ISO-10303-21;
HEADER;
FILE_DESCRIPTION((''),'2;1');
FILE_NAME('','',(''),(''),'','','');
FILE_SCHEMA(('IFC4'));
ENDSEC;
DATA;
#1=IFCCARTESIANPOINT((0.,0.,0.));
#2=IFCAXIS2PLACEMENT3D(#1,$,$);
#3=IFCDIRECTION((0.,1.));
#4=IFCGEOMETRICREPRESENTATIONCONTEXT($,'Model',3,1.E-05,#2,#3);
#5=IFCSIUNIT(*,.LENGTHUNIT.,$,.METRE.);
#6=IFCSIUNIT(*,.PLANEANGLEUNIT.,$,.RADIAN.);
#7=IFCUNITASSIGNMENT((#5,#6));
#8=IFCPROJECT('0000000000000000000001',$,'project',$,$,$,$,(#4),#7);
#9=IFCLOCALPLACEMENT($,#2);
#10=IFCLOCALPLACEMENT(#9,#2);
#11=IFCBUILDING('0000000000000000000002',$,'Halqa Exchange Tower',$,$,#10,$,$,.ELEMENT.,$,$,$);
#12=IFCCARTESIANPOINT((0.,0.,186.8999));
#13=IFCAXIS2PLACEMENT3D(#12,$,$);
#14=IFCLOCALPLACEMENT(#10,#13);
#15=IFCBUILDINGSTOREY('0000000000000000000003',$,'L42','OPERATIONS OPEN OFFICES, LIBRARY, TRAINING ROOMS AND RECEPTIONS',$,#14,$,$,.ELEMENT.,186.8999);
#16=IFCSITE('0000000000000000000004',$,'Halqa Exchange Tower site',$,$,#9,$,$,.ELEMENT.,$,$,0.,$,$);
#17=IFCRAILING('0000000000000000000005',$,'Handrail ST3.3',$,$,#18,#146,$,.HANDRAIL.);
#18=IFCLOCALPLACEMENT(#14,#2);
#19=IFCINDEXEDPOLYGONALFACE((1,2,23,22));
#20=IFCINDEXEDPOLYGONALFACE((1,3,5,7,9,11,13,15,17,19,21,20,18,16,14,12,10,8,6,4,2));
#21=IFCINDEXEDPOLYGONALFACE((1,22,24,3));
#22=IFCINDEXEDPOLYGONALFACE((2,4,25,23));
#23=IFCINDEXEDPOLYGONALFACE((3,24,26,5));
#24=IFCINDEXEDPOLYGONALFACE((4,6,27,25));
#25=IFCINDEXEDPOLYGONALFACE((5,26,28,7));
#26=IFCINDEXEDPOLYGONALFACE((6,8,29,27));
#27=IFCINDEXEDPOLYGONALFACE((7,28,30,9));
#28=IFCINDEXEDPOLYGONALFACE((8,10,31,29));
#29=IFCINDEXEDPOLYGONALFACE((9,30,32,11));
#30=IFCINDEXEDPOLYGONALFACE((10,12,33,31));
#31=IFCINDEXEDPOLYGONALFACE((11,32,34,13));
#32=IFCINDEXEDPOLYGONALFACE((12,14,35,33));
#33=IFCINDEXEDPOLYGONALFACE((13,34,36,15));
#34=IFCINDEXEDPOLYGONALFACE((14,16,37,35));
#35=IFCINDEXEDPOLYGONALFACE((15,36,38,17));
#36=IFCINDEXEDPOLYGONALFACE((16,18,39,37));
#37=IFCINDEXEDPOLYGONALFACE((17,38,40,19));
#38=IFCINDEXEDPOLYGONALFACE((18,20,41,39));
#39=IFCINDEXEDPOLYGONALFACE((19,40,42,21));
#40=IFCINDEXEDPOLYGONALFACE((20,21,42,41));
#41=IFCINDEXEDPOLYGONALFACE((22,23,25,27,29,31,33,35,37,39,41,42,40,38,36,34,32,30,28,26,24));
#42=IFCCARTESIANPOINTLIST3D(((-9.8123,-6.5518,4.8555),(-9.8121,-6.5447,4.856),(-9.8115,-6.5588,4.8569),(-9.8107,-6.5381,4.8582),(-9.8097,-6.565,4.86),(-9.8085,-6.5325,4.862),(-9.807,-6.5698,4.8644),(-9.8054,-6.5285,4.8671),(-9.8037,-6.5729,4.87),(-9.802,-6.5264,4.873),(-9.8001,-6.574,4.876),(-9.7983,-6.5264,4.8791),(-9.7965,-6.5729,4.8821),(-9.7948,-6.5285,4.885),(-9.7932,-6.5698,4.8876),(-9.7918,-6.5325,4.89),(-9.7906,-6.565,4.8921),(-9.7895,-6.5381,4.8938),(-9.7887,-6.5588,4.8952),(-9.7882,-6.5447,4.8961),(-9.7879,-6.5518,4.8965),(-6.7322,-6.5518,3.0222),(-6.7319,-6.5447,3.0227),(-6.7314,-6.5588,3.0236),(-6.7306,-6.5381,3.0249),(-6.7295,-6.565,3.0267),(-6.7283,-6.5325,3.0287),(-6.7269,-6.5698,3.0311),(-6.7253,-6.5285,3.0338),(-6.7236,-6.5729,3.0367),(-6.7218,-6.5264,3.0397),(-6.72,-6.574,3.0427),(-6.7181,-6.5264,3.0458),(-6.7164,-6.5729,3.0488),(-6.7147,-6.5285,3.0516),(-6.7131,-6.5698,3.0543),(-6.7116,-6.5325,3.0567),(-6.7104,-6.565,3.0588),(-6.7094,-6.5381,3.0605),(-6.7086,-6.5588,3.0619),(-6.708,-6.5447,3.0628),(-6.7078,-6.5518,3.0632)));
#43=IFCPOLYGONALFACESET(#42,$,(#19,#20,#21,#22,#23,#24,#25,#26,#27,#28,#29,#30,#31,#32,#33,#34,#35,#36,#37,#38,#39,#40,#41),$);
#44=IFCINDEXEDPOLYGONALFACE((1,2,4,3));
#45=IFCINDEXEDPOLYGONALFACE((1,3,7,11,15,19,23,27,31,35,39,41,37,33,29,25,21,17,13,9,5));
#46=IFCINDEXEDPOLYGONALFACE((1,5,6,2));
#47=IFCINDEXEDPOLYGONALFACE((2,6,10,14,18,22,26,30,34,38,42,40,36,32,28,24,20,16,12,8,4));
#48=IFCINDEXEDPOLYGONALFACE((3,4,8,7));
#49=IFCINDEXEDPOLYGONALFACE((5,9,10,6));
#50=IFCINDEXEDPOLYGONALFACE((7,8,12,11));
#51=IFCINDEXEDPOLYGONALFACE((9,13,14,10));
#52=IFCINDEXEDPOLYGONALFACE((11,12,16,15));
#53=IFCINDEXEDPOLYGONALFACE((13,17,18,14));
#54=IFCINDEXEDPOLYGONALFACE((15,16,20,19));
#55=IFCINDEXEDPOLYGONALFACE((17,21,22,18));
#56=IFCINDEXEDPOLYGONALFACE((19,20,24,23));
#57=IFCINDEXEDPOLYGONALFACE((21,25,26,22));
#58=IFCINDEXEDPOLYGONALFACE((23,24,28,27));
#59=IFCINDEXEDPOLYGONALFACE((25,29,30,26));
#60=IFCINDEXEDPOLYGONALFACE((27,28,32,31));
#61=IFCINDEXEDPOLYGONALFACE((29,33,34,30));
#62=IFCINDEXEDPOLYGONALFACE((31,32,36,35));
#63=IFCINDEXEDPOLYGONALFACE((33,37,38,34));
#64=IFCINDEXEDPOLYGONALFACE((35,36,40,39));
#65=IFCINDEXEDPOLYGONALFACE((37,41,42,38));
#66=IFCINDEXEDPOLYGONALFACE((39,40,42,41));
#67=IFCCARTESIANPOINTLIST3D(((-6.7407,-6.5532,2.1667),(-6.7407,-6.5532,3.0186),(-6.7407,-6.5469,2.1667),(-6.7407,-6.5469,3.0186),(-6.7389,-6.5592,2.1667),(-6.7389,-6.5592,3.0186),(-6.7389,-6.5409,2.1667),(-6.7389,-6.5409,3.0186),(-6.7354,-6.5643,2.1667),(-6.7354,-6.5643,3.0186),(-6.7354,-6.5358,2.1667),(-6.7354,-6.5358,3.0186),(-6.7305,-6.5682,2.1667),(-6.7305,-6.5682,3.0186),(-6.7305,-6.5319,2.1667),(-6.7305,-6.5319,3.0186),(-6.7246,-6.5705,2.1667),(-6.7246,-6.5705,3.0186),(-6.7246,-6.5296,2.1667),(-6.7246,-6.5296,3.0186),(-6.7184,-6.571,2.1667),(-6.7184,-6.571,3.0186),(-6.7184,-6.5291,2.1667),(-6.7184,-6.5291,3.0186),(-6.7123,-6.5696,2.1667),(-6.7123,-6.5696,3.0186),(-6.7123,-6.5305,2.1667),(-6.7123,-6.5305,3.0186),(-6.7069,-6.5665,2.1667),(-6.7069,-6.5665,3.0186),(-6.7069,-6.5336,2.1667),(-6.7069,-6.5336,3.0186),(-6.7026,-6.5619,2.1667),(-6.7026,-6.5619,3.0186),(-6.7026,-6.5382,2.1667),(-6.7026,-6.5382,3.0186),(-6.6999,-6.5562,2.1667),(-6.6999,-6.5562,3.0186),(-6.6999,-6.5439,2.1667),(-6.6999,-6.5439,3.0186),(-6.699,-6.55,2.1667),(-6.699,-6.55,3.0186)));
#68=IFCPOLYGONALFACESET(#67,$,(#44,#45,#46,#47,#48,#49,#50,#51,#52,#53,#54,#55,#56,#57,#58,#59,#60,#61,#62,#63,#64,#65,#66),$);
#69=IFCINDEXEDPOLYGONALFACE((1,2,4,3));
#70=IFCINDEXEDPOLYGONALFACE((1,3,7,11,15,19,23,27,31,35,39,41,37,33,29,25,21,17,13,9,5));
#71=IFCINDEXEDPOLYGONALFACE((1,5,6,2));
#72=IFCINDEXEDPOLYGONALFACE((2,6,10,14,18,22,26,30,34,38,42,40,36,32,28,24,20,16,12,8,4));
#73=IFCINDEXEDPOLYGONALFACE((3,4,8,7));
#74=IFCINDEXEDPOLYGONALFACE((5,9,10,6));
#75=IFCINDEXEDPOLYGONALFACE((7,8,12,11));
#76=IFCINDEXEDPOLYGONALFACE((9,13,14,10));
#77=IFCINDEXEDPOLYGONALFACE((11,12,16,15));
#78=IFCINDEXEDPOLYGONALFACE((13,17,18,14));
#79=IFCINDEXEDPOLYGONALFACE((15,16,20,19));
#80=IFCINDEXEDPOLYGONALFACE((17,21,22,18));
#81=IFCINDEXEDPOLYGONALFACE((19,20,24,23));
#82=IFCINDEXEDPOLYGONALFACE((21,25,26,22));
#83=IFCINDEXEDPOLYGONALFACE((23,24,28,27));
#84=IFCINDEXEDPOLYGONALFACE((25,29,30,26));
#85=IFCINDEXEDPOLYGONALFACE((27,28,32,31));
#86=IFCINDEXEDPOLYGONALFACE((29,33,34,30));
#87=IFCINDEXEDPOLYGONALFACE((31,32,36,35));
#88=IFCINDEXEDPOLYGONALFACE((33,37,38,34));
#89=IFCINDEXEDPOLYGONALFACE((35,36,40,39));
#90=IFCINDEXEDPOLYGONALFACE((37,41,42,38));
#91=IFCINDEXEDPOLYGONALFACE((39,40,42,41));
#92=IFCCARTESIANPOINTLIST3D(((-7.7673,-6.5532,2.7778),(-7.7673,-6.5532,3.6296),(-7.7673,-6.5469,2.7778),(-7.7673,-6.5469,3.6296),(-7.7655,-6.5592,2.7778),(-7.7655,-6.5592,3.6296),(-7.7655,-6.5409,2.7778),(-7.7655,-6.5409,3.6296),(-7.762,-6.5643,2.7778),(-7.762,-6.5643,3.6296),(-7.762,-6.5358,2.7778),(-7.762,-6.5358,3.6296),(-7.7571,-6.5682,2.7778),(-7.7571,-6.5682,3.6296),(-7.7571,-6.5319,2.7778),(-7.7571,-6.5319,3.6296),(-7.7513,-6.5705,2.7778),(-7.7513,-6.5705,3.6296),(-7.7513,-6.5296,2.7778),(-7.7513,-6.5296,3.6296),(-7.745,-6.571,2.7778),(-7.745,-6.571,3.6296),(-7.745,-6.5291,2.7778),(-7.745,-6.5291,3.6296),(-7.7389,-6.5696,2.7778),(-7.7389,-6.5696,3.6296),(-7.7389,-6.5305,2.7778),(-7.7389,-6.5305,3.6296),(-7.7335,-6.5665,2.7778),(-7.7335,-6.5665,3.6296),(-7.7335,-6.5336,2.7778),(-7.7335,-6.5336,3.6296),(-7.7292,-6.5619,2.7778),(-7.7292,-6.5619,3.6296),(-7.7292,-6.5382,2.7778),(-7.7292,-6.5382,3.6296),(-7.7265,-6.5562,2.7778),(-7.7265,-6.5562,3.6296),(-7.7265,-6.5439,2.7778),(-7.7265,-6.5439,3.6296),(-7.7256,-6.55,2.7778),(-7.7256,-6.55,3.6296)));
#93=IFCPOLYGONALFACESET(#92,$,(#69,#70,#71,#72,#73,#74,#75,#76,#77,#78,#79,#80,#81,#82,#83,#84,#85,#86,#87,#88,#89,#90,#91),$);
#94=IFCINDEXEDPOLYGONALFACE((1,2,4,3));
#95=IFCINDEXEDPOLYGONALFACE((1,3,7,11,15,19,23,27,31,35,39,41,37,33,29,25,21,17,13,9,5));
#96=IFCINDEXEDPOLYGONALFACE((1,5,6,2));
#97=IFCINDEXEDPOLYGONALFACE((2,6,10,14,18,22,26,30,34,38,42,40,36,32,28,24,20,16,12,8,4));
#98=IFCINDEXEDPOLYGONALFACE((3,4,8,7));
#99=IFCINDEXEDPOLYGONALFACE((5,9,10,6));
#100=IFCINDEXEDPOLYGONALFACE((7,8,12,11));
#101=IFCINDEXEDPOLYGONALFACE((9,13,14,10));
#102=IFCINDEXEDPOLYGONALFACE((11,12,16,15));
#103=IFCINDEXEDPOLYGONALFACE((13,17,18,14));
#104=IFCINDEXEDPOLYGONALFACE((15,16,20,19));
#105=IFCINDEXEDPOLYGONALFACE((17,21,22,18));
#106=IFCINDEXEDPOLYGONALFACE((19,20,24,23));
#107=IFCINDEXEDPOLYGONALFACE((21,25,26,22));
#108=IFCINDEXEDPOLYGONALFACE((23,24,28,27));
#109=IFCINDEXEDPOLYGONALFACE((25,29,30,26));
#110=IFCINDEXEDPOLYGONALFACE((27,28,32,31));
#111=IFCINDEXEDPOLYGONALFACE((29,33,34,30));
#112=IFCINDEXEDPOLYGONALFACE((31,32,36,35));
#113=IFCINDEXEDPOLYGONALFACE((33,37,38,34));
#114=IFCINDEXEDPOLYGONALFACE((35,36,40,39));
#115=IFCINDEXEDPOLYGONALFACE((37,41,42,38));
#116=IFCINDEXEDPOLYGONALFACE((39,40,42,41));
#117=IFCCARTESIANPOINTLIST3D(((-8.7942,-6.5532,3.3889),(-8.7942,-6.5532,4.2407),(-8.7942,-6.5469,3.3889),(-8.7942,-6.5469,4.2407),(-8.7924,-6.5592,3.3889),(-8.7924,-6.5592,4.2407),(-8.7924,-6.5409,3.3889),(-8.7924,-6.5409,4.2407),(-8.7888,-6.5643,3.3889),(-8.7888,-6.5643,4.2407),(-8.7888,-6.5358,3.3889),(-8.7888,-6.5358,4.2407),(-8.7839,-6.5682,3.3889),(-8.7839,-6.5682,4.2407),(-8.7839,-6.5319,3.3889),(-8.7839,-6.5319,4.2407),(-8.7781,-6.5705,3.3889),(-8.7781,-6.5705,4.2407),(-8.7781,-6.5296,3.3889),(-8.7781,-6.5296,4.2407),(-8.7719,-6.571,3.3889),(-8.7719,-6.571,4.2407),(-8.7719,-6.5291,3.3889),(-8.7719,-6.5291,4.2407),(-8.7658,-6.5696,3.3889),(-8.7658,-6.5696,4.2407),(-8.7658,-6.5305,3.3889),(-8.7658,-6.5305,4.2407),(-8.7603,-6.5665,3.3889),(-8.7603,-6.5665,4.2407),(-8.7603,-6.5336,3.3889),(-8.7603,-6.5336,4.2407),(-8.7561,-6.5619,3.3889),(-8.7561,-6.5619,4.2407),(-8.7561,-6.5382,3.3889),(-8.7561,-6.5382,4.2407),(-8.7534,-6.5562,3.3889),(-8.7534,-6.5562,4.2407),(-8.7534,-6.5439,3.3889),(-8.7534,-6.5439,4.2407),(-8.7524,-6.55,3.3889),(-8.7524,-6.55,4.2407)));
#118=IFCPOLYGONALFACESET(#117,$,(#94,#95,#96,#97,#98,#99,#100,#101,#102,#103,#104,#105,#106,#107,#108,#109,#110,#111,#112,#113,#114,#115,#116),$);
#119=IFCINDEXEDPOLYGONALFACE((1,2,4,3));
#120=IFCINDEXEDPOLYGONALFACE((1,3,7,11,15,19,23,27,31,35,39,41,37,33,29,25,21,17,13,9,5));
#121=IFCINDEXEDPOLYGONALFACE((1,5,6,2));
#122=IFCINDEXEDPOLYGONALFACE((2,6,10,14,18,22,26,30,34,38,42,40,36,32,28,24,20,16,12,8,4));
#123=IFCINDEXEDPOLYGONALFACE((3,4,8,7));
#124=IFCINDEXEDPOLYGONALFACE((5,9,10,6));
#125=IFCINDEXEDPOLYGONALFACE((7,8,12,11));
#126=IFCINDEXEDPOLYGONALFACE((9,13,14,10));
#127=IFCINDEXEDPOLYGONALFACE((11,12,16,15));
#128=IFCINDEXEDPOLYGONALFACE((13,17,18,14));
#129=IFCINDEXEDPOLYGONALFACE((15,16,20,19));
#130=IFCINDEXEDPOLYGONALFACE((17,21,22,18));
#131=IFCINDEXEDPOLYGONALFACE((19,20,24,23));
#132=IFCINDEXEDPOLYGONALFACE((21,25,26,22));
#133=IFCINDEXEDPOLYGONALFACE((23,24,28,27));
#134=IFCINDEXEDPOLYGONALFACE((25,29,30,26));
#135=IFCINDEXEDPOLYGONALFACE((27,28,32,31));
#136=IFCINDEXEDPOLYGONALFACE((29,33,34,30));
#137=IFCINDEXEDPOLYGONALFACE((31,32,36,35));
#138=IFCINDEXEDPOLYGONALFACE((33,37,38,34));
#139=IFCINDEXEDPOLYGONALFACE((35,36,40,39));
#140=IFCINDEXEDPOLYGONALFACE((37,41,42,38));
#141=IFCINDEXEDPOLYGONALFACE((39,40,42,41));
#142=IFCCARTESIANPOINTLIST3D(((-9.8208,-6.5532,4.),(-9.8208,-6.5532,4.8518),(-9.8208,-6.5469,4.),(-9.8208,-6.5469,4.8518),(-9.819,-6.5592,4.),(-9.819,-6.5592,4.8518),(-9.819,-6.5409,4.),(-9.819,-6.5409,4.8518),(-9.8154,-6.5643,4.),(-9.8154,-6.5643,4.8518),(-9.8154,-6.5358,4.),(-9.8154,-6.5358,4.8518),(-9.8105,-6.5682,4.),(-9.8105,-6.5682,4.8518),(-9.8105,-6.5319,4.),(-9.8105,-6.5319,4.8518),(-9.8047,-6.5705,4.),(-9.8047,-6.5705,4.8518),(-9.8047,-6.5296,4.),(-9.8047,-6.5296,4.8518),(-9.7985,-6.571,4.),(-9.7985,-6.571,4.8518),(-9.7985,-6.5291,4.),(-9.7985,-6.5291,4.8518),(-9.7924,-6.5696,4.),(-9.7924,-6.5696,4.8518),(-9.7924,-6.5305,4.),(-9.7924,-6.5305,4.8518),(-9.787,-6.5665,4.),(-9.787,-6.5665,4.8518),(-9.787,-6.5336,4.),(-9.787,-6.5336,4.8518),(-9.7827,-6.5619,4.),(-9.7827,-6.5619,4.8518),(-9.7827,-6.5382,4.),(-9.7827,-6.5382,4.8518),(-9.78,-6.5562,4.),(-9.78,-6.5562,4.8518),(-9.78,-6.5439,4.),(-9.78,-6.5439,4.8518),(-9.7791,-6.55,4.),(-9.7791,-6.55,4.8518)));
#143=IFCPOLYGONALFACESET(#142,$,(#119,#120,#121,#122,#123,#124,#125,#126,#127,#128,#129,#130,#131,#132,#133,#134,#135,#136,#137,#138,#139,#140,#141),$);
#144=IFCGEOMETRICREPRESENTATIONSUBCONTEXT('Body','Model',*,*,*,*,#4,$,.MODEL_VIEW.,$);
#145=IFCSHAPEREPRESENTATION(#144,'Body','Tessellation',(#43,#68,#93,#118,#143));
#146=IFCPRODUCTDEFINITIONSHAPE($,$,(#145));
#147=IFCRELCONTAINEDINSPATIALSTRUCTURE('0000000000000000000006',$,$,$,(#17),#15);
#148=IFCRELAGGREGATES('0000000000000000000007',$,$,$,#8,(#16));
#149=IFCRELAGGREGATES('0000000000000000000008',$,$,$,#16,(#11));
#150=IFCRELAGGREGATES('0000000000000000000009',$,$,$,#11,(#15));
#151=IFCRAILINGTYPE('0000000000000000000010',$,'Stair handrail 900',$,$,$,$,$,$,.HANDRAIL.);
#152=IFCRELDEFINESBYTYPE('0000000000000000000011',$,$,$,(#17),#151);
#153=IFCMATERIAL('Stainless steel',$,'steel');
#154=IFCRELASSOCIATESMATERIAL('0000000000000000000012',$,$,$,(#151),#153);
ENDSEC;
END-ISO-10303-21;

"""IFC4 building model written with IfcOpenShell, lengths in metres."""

from ifc_helpers import new_model, si_unit, direction, frame, origin, origin_2d, place, context, subcontext, project, spatial, circle, extrude, material, type_object, element, save


model = new_model("IFC4")

# Units and contexts
model_context = context("Model", 3, precision=1e-05, world=origin(), true_north=direction((0.0, 1.0)))
body_context = subcontext(model_context, "Body", "Model", "MODEL_VIEW")
ifc_project = project(units=[si_unit("LENGTHUNIT", "METRE"), si_unit("PLANEANGLEUNIT", "RADIAN")], contexts=[model_context])

# Site, building, storey
site_placement = place(None, origin())
site = spatial("IfcSite", under=ifc_project, at=site_placement, Name="Halqa Exchange Tower site", CompositionType="ELEMENT", RefElevation=0.0)
building_placement = place(site_placement, origin())
building = spatial("IfcBuilding", under=site, at=building_placement, Name="Halqa Exchange Tower", CompositionType="ELEMENT")
storey_placement = place(building_placement, frame((0.0, 0.0, 186.8999)))
storey = spatial("IfcBuildingStorey", under=building, at=storey_placement, Name="L42", Description="OPERATIONS OPEN OFFICES, LIBRARY, TRAINING ROOMS AND RECEPTIONS", CompositionType="ELEMENT", Elevation=186.8999)

# Shared definitions
ifc_material_1 = material(Name="Stainless steel", Category="steel")

# Railing
railing_type_1 = type_object("IfcRailingType", Name="Stair handrail 900", PredefinedType="HANDRAIL", material=ifc_material_1)
railing_1_placement = place(storey_placement, frame((-6.72, -6.55, 2.1667)))
element("IfcRailing", 1, at=railing_1_placement, inside=storey, type_object=railing_type_1, Name="Handrail ST3.3", PredefinedType="HANDRAIL", context=body_context, shape_type="SweptSolid", body=[
    extrude(circle(Radius=0.0239, at=origin_2d()), frame((0.0, 0.0, 0.876), z_axis=(-0.859309, 0.0, 0.511458), x_axis=(0.0, -1.0, 0.0)), (0.0, 0.0, 1.0), 3.5845),
    extrude(circle(Radius=0.021, at=origin_2d()), origin(), (0.0, 0.0, 1.0), 0.8518),
    extrude(circle(Radius=0.021, at=origin_2d()), frame((-1.0266, 0.0, 0.6111)), (0.0, 0.0, 1.0), 0.8518),
    extrude(circle(Radius=0.021, at=origin_2d()), frame((-2.0535, 0.0, 1.2222)), (0.0, 0.0, 1.0), 0.8518),
    extrude(circle(Radius=0.021, at=origin_2d()), frame((-3.0801, 0.0, 1.8333)), (0.0, 0.0, 1.0), 0.8518),
])

save(model, "model.ifc")
